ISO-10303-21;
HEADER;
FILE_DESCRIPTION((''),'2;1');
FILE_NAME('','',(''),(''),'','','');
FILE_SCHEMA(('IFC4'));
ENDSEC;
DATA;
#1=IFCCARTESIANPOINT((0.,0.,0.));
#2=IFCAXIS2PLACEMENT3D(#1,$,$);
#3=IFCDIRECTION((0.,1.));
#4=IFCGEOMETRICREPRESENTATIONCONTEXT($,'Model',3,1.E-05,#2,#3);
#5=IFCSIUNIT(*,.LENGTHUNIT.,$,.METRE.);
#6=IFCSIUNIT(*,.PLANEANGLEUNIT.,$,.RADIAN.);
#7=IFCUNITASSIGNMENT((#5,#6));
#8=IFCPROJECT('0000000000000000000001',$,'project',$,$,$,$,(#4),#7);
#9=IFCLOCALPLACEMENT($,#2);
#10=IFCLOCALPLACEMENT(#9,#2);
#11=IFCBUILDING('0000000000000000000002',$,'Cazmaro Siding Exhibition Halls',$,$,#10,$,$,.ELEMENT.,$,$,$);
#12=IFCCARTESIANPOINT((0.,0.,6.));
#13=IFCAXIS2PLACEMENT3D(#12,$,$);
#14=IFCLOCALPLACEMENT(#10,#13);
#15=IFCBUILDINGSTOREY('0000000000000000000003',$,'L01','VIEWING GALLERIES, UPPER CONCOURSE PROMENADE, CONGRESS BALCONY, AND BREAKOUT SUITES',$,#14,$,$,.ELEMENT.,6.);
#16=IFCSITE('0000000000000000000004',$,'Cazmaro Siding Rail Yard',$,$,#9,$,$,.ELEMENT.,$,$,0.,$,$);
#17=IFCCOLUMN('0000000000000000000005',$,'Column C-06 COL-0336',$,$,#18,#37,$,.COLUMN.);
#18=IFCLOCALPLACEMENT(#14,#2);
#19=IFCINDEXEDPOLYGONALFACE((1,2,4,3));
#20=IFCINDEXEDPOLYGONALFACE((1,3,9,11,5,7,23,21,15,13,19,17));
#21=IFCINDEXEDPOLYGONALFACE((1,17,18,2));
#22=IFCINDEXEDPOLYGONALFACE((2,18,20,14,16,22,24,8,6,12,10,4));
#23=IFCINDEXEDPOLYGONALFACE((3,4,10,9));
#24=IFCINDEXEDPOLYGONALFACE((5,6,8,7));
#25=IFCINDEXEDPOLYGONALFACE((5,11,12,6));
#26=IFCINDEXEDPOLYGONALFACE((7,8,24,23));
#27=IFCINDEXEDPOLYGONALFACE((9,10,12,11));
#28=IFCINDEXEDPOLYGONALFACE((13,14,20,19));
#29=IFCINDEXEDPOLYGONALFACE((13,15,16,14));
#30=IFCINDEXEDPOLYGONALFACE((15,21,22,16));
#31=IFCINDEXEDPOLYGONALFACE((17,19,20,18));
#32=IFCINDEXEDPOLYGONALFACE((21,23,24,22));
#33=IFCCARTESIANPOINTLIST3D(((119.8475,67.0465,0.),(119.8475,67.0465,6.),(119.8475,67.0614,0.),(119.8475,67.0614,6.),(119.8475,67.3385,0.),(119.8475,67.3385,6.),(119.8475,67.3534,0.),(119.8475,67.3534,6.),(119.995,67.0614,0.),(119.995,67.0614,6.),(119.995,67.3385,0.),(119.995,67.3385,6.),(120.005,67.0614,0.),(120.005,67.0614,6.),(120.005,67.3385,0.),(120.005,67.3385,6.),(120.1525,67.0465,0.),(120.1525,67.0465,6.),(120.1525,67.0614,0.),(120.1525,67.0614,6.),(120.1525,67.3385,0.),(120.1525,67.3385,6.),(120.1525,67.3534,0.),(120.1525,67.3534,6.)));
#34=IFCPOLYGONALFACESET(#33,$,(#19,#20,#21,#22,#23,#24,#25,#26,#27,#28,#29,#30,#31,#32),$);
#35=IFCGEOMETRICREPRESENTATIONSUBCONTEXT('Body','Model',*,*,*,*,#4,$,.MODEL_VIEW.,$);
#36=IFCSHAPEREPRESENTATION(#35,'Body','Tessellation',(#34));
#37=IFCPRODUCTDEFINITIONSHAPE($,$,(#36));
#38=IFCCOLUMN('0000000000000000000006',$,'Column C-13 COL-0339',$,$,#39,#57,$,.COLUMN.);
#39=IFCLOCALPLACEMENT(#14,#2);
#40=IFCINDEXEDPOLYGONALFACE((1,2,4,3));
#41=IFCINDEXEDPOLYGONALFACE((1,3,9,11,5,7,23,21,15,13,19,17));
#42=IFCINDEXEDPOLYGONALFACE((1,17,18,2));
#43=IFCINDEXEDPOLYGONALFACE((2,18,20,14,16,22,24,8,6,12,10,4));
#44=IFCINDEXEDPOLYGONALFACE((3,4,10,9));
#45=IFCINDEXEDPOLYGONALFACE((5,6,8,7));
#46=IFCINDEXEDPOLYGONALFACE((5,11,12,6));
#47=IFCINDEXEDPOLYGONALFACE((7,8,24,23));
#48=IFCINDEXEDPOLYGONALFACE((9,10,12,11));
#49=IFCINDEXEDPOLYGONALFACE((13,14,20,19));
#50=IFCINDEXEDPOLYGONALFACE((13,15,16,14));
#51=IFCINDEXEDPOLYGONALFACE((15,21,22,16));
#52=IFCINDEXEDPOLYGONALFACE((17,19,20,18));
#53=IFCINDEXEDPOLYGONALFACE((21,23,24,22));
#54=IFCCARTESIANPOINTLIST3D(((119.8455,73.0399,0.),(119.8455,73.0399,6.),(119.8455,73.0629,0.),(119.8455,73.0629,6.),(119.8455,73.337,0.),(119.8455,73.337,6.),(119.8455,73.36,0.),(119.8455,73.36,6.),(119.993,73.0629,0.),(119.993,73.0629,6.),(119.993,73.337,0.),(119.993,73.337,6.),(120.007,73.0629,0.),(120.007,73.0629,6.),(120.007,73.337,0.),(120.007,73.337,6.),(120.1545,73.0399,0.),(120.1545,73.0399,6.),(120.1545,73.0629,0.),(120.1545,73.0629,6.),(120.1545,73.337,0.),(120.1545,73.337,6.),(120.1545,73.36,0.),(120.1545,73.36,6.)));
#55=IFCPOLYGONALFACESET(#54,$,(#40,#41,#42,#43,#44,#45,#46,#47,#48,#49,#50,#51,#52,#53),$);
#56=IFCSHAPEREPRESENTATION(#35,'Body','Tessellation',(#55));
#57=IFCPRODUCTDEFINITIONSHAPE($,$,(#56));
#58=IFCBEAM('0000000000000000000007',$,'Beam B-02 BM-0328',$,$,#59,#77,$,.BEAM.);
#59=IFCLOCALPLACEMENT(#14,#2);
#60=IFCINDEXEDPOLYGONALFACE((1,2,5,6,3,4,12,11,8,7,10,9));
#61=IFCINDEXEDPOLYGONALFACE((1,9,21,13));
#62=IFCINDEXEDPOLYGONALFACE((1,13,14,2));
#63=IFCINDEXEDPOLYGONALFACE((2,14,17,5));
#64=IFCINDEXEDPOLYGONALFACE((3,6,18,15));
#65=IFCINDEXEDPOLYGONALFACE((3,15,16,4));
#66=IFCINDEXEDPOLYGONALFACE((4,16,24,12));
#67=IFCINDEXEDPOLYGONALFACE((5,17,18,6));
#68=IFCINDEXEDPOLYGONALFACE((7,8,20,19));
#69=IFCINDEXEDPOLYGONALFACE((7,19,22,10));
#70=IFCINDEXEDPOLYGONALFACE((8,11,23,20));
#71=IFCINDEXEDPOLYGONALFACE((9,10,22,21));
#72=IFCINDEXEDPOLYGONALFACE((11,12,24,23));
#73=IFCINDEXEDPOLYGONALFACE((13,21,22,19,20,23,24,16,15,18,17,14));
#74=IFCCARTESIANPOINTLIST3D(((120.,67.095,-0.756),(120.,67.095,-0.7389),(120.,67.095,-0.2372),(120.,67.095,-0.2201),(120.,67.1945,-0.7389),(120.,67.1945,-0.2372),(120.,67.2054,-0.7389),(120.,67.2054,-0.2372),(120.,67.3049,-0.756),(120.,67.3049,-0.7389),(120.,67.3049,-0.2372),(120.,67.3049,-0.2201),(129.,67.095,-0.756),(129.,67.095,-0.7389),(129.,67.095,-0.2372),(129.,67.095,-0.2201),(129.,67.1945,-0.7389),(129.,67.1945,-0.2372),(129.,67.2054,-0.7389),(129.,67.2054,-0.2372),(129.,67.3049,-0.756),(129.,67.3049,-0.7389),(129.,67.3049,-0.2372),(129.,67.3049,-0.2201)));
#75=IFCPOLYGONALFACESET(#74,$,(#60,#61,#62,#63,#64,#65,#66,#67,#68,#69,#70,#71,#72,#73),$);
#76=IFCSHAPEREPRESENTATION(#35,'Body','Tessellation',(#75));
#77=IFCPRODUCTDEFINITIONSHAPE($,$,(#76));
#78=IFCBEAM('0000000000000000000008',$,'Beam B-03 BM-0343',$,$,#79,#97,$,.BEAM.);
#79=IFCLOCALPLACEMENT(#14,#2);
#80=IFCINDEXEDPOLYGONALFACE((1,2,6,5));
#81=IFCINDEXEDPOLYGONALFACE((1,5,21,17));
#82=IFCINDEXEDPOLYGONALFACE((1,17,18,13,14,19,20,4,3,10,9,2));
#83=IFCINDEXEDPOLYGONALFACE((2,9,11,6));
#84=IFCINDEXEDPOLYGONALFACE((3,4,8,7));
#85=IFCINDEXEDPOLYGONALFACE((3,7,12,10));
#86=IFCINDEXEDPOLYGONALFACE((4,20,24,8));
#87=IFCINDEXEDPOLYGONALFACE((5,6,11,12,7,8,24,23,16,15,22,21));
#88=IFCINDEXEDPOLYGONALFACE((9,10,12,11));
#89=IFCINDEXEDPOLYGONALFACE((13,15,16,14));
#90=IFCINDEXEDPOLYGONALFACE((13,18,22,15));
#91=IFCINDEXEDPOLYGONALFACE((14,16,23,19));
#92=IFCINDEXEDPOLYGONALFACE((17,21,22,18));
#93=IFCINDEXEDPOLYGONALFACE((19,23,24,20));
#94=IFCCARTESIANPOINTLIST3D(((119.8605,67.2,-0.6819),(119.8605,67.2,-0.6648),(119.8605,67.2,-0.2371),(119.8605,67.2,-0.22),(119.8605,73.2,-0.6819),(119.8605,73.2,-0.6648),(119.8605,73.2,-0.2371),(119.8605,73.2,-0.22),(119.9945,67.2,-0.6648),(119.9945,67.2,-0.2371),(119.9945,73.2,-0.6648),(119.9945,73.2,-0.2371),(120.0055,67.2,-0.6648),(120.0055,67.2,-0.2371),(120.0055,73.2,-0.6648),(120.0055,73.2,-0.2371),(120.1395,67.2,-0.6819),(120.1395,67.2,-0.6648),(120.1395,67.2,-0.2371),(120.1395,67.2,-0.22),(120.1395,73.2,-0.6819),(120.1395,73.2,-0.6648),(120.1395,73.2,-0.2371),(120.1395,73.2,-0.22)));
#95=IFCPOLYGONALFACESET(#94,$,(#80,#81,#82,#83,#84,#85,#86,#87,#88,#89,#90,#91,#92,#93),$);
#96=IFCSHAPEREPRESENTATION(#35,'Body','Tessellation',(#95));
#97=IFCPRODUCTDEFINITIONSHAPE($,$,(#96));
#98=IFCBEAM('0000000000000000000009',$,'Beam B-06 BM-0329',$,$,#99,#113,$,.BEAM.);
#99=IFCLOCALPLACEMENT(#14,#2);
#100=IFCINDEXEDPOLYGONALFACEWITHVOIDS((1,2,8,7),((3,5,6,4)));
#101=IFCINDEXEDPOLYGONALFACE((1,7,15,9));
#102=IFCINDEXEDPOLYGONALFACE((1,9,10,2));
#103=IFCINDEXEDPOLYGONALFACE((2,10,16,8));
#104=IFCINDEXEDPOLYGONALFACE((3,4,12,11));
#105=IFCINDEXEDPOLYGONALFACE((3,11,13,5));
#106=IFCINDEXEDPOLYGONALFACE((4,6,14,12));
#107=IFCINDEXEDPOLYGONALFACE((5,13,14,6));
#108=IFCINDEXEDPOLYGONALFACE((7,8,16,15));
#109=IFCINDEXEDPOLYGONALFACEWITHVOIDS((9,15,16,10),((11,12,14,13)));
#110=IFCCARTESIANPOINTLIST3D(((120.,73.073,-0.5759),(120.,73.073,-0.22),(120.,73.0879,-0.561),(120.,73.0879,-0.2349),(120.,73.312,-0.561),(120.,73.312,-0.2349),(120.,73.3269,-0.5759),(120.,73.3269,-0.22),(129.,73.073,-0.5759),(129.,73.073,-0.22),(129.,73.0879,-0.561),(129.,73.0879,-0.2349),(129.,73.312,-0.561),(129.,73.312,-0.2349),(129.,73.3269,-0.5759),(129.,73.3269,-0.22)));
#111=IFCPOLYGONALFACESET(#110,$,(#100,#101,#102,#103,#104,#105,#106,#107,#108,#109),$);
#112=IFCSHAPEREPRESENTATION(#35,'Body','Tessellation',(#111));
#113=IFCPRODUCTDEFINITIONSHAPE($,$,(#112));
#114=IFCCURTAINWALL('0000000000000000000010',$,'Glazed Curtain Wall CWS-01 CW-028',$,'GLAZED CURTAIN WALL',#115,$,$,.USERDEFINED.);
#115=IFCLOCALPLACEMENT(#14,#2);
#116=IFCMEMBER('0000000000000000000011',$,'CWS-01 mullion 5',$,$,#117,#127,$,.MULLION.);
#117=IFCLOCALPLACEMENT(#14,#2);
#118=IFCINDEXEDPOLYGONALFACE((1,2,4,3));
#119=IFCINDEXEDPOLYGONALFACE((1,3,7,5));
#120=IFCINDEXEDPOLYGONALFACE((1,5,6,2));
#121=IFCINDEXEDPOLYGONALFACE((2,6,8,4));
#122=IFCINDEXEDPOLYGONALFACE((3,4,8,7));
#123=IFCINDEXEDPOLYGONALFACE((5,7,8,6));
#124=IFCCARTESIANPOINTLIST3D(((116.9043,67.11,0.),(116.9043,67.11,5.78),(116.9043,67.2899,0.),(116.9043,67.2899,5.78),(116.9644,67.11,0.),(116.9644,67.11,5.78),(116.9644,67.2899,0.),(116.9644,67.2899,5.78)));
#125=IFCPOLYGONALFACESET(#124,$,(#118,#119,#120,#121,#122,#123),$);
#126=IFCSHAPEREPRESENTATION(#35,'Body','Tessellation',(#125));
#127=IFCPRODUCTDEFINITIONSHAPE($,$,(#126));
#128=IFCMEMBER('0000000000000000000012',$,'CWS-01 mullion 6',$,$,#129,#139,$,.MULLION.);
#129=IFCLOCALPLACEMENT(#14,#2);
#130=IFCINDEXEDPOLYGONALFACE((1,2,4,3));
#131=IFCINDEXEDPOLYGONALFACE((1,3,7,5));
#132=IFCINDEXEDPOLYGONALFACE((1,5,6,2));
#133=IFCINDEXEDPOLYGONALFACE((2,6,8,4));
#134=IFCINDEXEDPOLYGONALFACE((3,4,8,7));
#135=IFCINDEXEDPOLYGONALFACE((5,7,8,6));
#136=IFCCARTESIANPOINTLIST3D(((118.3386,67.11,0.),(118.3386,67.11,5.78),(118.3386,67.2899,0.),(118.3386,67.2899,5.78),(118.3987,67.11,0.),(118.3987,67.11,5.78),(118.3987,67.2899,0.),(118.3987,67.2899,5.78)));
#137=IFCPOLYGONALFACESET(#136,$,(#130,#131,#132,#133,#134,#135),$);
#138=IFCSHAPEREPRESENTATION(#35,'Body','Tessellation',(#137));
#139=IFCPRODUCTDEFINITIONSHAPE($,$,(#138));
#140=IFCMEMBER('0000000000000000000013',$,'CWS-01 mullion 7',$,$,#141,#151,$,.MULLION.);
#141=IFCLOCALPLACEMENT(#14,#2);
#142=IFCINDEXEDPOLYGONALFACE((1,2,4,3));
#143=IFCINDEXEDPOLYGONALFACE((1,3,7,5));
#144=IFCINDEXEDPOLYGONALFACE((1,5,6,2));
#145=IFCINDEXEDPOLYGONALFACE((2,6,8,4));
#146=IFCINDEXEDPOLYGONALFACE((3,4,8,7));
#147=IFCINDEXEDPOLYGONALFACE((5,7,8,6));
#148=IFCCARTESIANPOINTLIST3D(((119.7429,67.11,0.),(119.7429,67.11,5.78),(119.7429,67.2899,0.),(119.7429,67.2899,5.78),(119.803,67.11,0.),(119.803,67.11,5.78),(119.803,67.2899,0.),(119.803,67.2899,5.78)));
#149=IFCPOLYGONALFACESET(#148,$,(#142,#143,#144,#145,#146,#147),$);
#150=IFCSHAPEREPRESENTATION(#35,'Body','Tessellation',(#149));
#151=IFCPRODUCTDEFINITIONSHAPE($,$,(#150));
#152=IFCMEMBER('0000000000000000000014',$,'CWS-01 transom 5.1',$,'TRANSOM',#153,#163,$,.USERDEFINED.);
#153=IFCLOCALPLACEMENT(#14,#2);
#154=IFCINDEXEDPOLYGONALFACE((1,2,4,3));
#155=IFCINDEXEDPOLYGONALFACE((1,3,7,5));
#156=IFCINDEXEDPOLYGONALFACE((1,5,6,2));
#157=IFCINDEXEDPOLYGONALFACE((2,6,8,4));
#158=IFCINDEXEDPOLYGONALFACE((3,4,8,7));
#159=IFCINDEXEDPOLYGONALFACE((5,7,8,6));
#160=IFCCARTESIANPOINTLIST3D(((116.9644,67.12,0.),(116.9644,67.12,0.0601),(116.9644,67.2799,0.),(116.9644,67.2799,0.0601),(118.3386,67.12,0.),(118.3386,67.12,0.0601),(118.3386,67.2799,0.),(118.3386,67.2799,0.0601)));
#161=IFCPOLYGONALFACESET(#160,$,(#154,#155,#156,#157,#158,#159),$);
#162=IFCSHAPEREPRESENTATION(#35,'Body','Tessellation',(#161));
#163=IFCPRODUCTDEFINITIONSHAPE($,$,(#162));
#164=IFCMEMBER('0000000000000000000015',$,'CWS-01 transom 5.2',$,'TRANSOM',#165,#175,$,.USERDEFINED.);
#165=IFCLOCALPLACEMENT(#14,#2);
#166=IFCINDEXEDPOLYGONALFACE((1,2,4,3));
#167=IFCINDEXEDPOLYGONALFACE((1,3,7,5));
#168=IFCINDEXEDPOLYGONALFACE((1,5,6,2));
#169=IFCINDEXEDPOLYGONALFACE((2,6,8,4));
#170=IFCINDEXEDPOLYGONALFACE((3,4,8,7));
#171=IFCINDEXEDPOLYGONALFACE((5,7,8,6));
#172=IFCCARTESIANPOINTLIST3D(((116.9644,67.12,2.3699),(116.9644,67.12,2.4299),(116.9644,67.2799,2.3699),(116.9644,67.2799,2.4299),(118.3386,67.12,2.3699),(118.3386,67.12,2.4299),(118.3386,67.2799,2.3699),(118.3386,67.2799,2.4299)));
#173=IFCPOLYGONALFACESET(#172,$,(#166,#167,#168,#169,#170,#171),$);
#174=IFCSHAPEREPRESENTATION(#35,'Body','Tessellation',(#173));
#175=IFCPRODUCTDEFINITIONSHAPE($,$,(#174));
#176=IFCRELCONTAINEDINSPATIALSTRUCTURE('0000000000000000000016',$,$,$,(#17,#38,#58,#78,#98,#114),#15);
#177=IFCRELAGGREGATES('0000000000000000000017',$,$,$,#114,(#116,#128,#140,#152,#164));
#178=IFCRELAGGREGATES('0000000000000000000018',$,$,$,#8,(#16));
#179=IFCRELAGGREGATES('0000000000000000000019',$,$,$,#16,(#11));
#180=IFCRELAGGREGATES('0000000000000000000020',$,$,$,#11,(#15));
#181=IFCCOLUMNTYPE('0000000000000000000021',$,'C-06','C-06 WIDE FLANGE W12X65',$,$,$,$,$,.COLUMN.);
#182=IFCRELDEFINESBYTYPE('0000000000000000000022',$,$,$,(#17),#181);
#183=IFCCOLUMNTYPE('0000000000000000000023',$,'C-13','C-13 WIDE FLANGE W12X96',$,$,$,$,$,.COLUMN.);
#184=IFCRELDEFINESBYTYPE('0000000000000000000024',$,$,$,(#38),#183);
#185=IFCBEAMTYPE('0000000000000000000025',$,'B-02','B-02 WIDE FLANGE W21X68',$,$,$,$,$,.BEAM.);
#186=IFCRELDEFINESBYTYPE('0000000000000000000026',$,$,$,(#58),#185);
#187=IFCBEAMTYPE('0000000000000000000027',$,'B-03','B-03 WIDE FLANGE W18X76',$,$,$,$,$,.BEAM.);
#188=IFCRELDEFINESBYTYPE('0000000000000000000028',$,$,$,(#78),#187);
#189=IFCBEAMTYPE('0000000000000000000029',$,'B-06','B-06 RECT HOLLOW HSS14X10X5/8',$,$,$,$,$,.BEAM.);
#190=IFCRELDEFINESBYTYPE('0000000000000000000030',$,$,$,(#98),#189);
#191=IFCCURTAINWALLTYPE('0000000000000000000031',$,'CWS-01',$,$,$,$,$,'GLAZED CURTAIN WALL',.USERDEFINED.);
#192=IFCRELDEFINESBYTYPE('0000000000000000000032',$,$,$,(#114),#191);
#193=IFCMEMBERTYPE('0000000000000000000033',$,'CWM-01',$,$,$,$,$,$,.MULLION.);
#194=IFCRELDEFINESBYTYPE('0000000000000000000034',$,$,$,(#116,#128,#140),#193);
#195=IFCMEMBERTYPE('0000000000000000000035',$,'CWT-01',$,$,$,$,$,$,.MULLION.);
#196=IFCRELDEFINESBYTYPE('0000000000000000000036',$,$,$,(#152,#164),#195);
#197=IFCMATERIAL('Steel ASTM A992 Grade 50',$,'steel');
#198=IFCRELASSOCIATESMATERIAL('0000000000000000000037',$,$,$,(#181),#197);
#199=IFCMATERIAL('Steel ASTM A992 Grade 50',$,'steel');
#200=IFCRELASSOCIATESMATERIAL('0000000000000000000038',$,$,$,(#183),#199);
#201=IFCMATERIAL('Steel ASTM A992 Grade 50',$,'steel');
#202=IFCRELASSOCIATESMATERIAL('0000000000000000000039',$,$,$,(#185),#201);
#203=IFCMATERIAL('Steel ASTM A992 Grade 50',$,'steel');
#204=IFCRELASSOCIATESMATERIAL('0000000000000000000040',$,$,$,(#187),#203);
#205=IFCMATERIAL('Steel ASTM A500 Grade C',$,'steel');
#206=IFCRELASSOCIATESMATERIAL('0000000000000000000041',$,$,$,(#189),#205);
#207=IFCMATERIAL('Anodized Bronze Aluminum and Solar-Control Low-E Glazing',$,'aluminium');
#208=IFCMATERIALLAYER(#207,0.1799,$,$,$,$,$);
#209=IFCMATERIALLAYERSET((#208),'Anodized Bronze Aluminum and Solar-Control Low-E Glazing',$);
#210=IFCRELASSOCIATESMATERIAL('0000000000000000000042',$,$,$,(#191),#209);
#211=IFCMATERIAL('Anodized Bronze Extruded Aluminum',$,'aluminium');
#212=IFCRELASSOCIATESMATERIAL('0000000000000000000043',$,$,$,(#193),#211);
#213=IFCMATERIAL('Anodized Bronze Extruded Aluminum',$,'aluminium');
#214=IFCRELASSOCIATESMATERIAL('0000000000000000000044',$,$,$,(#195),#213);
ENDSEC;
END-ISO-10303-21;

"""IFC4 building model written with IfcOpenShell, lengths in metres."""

from ifc_helpers import new_model, si_unit, direction, frame, origin, origin_2d, place, context, subcontext, project, spatial, rectangle, hollow_rectangle, i_section, extrude, material, layer, layer_set, material_profile, profile_set, type_object, element, aggregate, save


model = new_model("IFC4")

# Units and contexts
model_context = context("Model", 3, precision=1e-05, world=origin(), true_north=direction((0.0, 1.0)))
body_context = subcontext(model_context, "Body", "Model", "MODEL_VIEW")
ifc_project = project(units=[si_unit("LENGTHUNIT", "METRE"), si_unit("PLANEANGLEUNIT", "RADIAN")], contexts=[model_context])

# Site, building, storey
site_placement = place(None, origin())
site = spatial("IfcSite", under=ifc_project, at=site_placement, Name="Cazmaro Siding Rail Yard", CompositionType="ELEMENT", RefElevation=0.0)
building_placement = place(site_placement, origin())
building = spatial("IfcBuilding", under=site, at=building_placement, Name="Cazmaro Siding Exhibition Halls", CompositionType="ELEMENT")
storey_placement = place(building_placement, frame((0.0, 0.0, 6.0)))
storey = spatial("IfcBuildingStorey", under=building, at=storey_placement, Name="L01", Description="VIEWING GALLERIES, UPPER CONCOURSE PROMENADE, CONGRESS BALCONY, AND BREAKOUT SUITES", CompositionType="ELEMENT", Elevation=6.0)

# Columns
ifc_material_1 = material(Name="Steel ASTM A992 Grade 50", Category="steel")
ifc_material_profile_1 = material_profile(ifc_material_1, i_section(OverallWidth=0.3049, OverallDepth=0.3069, WebThickness=0.01, FlangeThickness=0.0149, at=origin_2d()), Name="W12X65")
ifc_profile_set_1 = profile_set([ifc_material_profile_1], Name="Steel ASTM A992 Grade 50")
column_type_1 = type_object("IfcColumnType", Name="C-06", Description="C-06 WIDE FLANGE W12X65", PredefinedType="COLUMN", material=ifc_profile_set_1)
column_1_placement = place(storey_placement, frame((120.0, 67.2, 0.0), z_axis=(0.0, 0.0, 1.0), x_axis=(1.0, 0.0, 0.0)))
element("IfcColumn", 1, at=column_1_placement, inside=storey, type_object=column_type_1, Name="Column C-06 COL-0336", PredefinedType="COLUMN", context=body_context, shape_type="SweptSolid", body=[
    extrude(i_section(OverallWidth=0.3049, OverallDepth=0.3069, WebThickness=0.01, FlangeThickness=0.0149, at=origin_2d()), origin(), (0.0, 0.0, 1.0), 6.0),
])
ifc_material_2 = material(Name="Steel ASTM A992 Grade 50", Category="steel")
ifc_material_profile_2 = material_profile(ifc_material_2, i_section(OverallWidth=0.3091, OverallDepth=0.3201, WebThickness=0.0139, FlangeThickness=0.0229, at=origin_2d()), Name="W12X96")
ifc_profile_set_2 = profile_set([ifc_material_profile_2], Name="Steel ASTM A992 Grade 50")
column_type_2 = type_object("IfcColumnType", Name="C-13", Description="C-13 WIDE FLANGE W12X96", PredefinedType="COLUMN", material=ifc_profile_set_2)
column_2_placement = place(storey_placement, frame((120.0, 73.2, 0.0), z_axis=(0.0, 0.0, 1.0), x_axis=(1.0, 0.0, 0.0)))
element("IfcColumn", 2, at=column_2_placement, inside=storey, type_object=column_type_2, Name="Column C-13 COL-0339", PredefinedType="COLUMN", context=body_context, shape_type="SweptSolid", body=[
    extrude(i_section(OverallWidth=0.3091, OverallDepth=0.3201, WebThickness=0.0139, FlangeThickness=0.0229, at=origin_2d()), origin(), (0.0, 0.0, 1.0), 6.0),
])

# Beams
ifc_material_3 = material(Name="Steel ASTM A992 Grade 50", Category="steel")
ifc_material_profile_3 = material_profile(ifc_material_3, i_section(OverallWidth=0.21, OverallDepth=0.5359, WebThickness=0.011, FlangeThickness=0.0171, at=origin_2d()), Name="W21X68")
ifc_profile_set_3 = profile_set([ifc_material_profile_3], Name="Steel ASTM A992 Grade 50")
beam_type_1 = type_object("IfcBeamType", Name="B-02", Description="B-02 WIDE FLANGE W21X68", PredefinedType="BEAM", material=ifc_profile_set_3)
beam_1_placement = place(storey_placement, frame((120.0, 67.2, -0.488), z_axis=(1.0, 0.0, 0.0), x_axis=(0.0, 1.0, 0.0)))
element("IfcBeam", 3, at=beam_1_placement, inside=storey, type_object=beam_type_1, Name="Beam B-02 BM-0328", PredefinedType="BEAM", context=body_context, shape_type="SweptSolid", body=[
    extrude(i_section(OverallWidth=0.21, OverallDepth=0.5359, WebThickness=0.011, FlangeThickness=0.0171, at=origin_2d()), origin(), (0.0, 0.0, 1.0), 9.0),
])
ifc_material_4 = material(Name="Steel ASTM A992 Grade 50", Category="steel")
ifc_material_profile_4 = material_profile(ifc_material_4, i_section(OverallWidth=0.2791, OverallDepth=0.4619, WebThickness=0.011, FlangeThickness=0.0171, at=origin_2d()), Name="W18X76")
ifc_profile_set_4 = profile_set([ifc_material_profile_4], Name="Steel ASTM A992 Grade 50")
beam_type_2 = type_object("IfcBeamType", Name="B-03", Description="B-03 WIDE FLANGE W18X76", PredefinedType="BEAM", material=ifc_profile_set_4)
beam_2_placement = place(storey_placement, frame((120.0, 67.2, -0.4509), z_axis=(0.0, 1.0, 0.0), x_axis=(-1.0, 0.0, 0.0)))
element("IfcBeam", 4, at=beam_2_placement, inside=storey, type_object=beam_type_2, Name="Beam B-03 BM-0343", PredefinedType="BEAM", context=body_context, shape_type="SweptSolid", body=[
    extrude(i_section(OverallWidth=0.2791, OverallDepth=0.4619, WebThickness=0.011, FlangeThickness=0.0171, at=origin_2d()), origin(), (0.0, 0.0, 1.0), 6.0),
])
ifc_material_5 = material(Name="Steel ASTM A500 Grade C", Category="steel")
ifc_material_profile_5 = material_profile(ifc_material_5, hollow_rectangle(XDim=0.2539, YDim=0.356, WallThickness=0.0149, at=origin_2d()), Name="HSS14X10X5/8")
ifc_profile_set_5 = profile_set([ifc_material_profile_5], Name="Steel ASTM A500 Grade C")
beam_type_3 = type_object("IfcBeamType", Name="B-06", Description="B-06 RECT HOLLOW HSS14X10X5/8", PredefinedType="BEAM", material=ifc_profile_set_5)
beam_3_placement = place(storey_placement, frame((120.0, 73.2, -0.3979), z_axis=(1.0, 0.0, 0.0), x_axis=(0.0, 1.0, 0.0)))
element("IfcBeam", 5, at=beam_3_placement, inside=storey, type_object=beam_type_3, Name="Beam B-06 BM-0329", PredefinedType="BEAM", context=body_context, shape_type="SweptSolid", body=[
    extrude(hollow_rectangle(XDim=0.2539, YDim=0.356, WallThickness=0.0149, at=origin_2d()), origin(), (0.0, 0.0, 1.0), 9.0),
])

# Curtain wall, members
ifc_material_6 = material(Name="Anodized Bronze Aluminum and Solar-Control Low-E Glazing", Category="aluminium")
ifc_layer_1 = layer(ifc_material_6, 0.1799)
ifc_layer_set_1 = layer_set([ifc_layer_1], Name="Anodized Bronze Aluminum and Solar-Control Low-E Glazing")
curtain_wall_type = type_object("IfcCurtainWallType", Name="CWS-01", ElementType="GLAZED CURTAIN WALL", PredefinedType="USERDEFINED", material=ifc_layer_set_1)
curtain_wall_placement = place(storey_placement, origin())
curtain_wall = element("IfcCurtainWall", 6, at=curtain_wall_placement, inside=storey, type_object=curtain_wall_type, Name="Glazed Curtain Wall CWS-01 CW-028", ObjectType="GLAZED CURTAIN WALL", PredefinedType="USERDEFINED")
ifc_material_7 = material(Name="Anodized Bronze Extruded Aluminum", Category="aluminium")
ifc_material_profile_6 = material_profile(ifc_material_7, rectangle(XDim=0.1799, YDim=0.0601, at=origin_2d()), Name="CWM-01")
ifc_profile_set_6 = profile_set([ifc_material_profile_6], Name="Anodized Bronze Extruded Aluminum")
member_type_1 = type_object("IfcMemberType", Name="CWM-01", PredefinedType="MULLION", material=ifc_profile_set_6)
member_1_placement = place(storey_placement, frame((116.9343, 67.2, 0.0), z_axis=(0.0, 0.0, 1.0), x_axis=(0.0, 1.0, 0.0)))
member_1 = element("IfcMember", 7, at=member_1_placement, type_object=member_type_1, Name="CWS-01 mullion 5", PredefinedType="MULLION", context=body_context, shape_type="SweptSolid", body=[
    extrude(rectangle(XDim=0.1799, YDim=0.0601, at=origin_2d()), origin(), (0.0, 0.0, 1.0), 5.78),
])
member_2_placement = place(storey_placement, frame((118.3687, 67.2, 0.0), z_axis=(0.0, 0.0, 1.0), x_axis=(0.0, 1.0, 0.0)))
member_2 = element("IfcMember", 8, at=member_2_placement, type_object=member_type_1, Name="CWS-01 mullion 6", PredefinedType="MULLION", context=body_context, shape_type="SweptSolid", body=[
    extrude(rectangle(XDim=0.1799, YDim=0.0601, at=origin_2d()), origin(), (0.0, 0.0, 1.0), 5.78),
])
member_3_placement = place(storey_placement, frame((119.7729, 67.2, 0.0), z_axis=(0.0, 0.0, 1.0), x_axis=(0.0, 1.0, 0.0)))
member_3 = element("IfcMember", 9, at=member_3_placement, type_object=member_type_1, Name="CWS-01 mullion 7", PredefinedType="MULLION", context=body_context, shape_type="SweptSolid", body=[
    extrude(rectangle(XDim=0.1799, YDim=0.0601, at=origin_2d()), origin(), (0.0, 0.0, 1.0), 5.78),
])
ifc_material_8 = material(Name="Anodized Bronze Extruded Aluminum", Category="aluminium")
ifc_material_profile_7 = material_profile(ifc_material_8, rectangle(XDim=0.1599, YDim=0.0601, at=origin_2d()), Name="CWT-01")
ifc_profile_set_7 = profile_set([ifc_material_profile_7], Name="Anodized Bronze Extruded Aluminum")
member_type_2 = type_object("IfcMemberType", Name="CWT-01", PredefinedType="MULLION", material=ifc_profile_set_7)
member_4_placement = place(storey_placement, frame((116.9644, 67.2, 0.03), z_axis=(1.0, 0.0, 0.0), x_axis=(0.0, 1.0, 0.0)))
member_4 = element("IfcMember", 10, at=member_4_placement, type_object=member_type_2, Name="CWS-01 transom 5.1", ObjectType="TRANSOM", PredefinedType="USERDEFINED", context=body_context, shape_type="SweptSolid", body=[
    extrude(rectangle(XDim=0.1599, YDim=0.0601, at=origin_2d()), origin(), (0.0, 0.0, 1.0), 1.3743),
])
member_5_placement = place(storey_placement, frame((116.9644, 67.2, 2.3999), z_axis=(1.0, 0.0, 0.0), x_axis=(0.0, 1.0, 0.0)))
member_5 = element("IfcMember", 11, at=member_5_placement, type_object=member_type_2, Name="CWS-01 transom 5.2", ObjectType="TRANSOM", PredefinedType="USERDEFINED", context=body_context, shape_type="SweptSolid", body=[
    extrude(rectangle(XDim=0.1599, YDim=0.0601, at=origin_2d()), origin(), (0.0, 0.0, 1.0), 1.3743),
])
aggregate(curtain_wall, [member_1, member_2, member_3, member_4, member_5])

save(model, "model.ifc")
